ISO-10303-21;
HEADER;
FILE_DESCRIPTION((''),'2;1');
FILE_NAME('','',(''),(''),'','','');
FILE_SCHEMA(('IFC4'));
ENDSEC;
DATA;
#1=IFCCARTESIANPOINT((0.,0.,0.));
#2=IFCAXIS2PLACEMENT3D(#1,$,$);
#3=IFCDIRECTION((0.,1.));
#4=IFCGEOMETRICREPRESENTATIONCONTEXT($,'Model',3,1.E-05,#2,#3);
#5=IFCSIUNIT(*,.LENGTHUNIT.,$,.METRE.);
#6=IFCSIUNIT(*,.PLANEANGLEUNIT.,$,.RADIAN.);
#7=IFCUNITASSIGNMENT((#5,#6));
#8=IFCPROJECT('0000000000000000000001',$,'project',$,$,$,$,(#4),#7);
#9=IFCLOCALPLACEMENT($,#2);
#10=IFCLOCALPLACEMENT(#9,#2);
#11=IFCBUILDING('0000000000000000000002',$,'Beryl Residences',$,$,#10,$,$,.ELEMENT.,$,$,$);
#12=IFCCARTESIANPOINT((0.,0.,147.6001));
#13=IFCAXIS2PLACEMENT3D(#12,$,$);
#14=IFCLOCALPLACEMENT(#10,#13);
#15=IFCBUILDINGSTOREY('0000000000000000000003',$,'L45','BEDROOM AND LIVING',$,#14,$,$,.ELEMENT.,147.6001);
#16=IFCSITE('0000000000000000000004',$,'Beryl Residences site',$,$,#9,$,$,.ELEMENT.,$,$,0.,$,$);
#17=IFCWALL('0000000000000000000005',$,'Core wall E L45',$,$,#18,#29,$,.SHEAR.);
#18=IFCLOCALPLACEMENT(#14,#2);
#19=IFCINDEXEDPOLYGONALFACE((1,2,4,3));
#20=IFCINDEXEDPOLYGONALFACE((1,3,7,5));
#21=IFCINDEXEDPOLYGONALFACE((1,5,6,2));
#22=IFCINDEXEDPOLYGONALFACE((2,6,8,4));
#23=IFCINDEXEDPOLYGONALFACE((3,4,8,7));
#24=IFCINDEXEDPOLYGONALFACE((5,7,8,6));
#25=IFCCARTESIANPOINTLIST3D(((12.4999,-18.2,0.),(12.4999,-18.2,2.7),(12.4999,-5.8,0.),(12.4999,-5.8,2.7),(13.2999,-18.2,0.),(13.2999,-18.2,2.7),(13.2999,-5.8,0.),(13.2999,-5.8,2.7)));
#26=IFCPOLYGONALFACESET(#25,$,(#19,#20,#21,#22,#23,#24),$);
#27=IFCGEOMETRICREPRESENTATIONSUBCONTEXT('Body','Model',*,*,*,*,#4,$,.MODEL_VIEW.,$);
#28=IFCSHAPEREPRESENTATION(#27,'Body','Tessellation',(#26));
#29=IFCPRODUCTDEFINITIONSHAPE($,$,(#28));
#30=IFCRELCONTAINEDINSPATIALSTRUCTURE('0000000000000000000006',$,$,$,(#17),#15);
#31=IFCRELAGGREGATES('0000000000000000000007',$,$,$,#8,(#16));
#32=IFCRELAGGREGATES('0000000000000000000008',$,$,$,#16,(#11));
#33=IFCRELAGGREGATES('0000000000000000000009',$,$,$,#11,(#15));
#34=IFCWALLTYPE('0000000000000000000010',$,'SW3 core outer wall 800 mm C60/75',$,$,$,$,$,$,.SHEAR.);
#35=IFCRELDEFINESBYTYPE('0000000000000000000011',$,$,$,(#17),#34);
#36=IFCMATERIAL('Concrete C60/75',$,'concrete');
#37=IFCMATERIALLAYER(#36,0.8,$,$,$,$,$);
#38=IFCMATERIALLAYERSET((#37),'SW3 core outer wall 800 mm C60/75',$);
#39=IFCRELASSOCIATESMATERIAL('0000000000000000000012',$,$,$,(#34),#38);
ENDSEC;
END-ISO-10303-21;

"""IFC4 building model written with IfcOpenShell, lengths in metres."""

from ifc_helpers import new_model, si_unit, direction, frame, frame_2d, origin, place, context, subcontext, project, spatial, rectangle, extrude, material, layer, layer_set, type_object, element, save


model = new_model("IFC4")

# Units and contexts
model_context = context("Model", 3, precision=1e-05, world=origin(), true_north=direction((0.0, 1.0)))
body_context = subcontext(model_context, "Body", "Model", "MODEL_VIEW")
ifc_project = project(units=[si_unit("LENGTHUNIT", "METRE"), si_unit("PLANEANGLEUNIT", "RADIAN")], contexts=[model_context])

# Site, building, storey
site_placement = place(None, origin())
site = spatial("IfcSite", under=ifc_project, at=site_placement, Name="Beryl Residences site", CompositionType="ELEMENT", RefElevation=0.0)
building_placement = place(site_placement, origin())
building = spatial("IfcBuilding", under=site, at=building_placement, Name="Beryl Residences", CompositionType="ELEMENT")
storey_placement = place(building_placement, frame((0.0, 0.0, 147.6001)))
storey = spatial("IfcBuildingStorey", under=building, at=storey_placement, Name="L45", Description="BEDROOM AND LIVING", CompositionType="ELEMENT", Elevation=147.6001)

# Wall
ifc_material_1 = material(Name="Concrete C60/75", Category="concrete")
ifc_layer_1 = layer(ifc_material_1, 0.8)
ifc_layer_set_1 = layer_set([ifc_layer_1], Name="SW3 core outer wall 800 mm C60/75")
wall_type_1 = type_object("IfcWallType", Name="SW3 core outer wall 800 mm C60/75", PredefinedType="SHEAR", material=ifc_layer_set_1)
wall_1_placement = place(storey_placement, frame((12.8999, -18.2, 0.0), z_axis=(0.0, 0.0, 1.0), x_axis=(0.0, 1.0, 0.0)))
element("IfcWall", 1, at=wall_1_placement, inside=storey, type_object=wall_type_1, Name="Core wall E L45", PredefinedType="SHEAR", context=body_context, shape_type="SweptSolid", body=[
    extrude(rectangle(XDim=12.3999, YDim=0.8, at=frame_2d((6.2, 0.0))), origin(), (0.0, 0.0, 1.0), 2.7),
])

save(model, "model.ifc")
